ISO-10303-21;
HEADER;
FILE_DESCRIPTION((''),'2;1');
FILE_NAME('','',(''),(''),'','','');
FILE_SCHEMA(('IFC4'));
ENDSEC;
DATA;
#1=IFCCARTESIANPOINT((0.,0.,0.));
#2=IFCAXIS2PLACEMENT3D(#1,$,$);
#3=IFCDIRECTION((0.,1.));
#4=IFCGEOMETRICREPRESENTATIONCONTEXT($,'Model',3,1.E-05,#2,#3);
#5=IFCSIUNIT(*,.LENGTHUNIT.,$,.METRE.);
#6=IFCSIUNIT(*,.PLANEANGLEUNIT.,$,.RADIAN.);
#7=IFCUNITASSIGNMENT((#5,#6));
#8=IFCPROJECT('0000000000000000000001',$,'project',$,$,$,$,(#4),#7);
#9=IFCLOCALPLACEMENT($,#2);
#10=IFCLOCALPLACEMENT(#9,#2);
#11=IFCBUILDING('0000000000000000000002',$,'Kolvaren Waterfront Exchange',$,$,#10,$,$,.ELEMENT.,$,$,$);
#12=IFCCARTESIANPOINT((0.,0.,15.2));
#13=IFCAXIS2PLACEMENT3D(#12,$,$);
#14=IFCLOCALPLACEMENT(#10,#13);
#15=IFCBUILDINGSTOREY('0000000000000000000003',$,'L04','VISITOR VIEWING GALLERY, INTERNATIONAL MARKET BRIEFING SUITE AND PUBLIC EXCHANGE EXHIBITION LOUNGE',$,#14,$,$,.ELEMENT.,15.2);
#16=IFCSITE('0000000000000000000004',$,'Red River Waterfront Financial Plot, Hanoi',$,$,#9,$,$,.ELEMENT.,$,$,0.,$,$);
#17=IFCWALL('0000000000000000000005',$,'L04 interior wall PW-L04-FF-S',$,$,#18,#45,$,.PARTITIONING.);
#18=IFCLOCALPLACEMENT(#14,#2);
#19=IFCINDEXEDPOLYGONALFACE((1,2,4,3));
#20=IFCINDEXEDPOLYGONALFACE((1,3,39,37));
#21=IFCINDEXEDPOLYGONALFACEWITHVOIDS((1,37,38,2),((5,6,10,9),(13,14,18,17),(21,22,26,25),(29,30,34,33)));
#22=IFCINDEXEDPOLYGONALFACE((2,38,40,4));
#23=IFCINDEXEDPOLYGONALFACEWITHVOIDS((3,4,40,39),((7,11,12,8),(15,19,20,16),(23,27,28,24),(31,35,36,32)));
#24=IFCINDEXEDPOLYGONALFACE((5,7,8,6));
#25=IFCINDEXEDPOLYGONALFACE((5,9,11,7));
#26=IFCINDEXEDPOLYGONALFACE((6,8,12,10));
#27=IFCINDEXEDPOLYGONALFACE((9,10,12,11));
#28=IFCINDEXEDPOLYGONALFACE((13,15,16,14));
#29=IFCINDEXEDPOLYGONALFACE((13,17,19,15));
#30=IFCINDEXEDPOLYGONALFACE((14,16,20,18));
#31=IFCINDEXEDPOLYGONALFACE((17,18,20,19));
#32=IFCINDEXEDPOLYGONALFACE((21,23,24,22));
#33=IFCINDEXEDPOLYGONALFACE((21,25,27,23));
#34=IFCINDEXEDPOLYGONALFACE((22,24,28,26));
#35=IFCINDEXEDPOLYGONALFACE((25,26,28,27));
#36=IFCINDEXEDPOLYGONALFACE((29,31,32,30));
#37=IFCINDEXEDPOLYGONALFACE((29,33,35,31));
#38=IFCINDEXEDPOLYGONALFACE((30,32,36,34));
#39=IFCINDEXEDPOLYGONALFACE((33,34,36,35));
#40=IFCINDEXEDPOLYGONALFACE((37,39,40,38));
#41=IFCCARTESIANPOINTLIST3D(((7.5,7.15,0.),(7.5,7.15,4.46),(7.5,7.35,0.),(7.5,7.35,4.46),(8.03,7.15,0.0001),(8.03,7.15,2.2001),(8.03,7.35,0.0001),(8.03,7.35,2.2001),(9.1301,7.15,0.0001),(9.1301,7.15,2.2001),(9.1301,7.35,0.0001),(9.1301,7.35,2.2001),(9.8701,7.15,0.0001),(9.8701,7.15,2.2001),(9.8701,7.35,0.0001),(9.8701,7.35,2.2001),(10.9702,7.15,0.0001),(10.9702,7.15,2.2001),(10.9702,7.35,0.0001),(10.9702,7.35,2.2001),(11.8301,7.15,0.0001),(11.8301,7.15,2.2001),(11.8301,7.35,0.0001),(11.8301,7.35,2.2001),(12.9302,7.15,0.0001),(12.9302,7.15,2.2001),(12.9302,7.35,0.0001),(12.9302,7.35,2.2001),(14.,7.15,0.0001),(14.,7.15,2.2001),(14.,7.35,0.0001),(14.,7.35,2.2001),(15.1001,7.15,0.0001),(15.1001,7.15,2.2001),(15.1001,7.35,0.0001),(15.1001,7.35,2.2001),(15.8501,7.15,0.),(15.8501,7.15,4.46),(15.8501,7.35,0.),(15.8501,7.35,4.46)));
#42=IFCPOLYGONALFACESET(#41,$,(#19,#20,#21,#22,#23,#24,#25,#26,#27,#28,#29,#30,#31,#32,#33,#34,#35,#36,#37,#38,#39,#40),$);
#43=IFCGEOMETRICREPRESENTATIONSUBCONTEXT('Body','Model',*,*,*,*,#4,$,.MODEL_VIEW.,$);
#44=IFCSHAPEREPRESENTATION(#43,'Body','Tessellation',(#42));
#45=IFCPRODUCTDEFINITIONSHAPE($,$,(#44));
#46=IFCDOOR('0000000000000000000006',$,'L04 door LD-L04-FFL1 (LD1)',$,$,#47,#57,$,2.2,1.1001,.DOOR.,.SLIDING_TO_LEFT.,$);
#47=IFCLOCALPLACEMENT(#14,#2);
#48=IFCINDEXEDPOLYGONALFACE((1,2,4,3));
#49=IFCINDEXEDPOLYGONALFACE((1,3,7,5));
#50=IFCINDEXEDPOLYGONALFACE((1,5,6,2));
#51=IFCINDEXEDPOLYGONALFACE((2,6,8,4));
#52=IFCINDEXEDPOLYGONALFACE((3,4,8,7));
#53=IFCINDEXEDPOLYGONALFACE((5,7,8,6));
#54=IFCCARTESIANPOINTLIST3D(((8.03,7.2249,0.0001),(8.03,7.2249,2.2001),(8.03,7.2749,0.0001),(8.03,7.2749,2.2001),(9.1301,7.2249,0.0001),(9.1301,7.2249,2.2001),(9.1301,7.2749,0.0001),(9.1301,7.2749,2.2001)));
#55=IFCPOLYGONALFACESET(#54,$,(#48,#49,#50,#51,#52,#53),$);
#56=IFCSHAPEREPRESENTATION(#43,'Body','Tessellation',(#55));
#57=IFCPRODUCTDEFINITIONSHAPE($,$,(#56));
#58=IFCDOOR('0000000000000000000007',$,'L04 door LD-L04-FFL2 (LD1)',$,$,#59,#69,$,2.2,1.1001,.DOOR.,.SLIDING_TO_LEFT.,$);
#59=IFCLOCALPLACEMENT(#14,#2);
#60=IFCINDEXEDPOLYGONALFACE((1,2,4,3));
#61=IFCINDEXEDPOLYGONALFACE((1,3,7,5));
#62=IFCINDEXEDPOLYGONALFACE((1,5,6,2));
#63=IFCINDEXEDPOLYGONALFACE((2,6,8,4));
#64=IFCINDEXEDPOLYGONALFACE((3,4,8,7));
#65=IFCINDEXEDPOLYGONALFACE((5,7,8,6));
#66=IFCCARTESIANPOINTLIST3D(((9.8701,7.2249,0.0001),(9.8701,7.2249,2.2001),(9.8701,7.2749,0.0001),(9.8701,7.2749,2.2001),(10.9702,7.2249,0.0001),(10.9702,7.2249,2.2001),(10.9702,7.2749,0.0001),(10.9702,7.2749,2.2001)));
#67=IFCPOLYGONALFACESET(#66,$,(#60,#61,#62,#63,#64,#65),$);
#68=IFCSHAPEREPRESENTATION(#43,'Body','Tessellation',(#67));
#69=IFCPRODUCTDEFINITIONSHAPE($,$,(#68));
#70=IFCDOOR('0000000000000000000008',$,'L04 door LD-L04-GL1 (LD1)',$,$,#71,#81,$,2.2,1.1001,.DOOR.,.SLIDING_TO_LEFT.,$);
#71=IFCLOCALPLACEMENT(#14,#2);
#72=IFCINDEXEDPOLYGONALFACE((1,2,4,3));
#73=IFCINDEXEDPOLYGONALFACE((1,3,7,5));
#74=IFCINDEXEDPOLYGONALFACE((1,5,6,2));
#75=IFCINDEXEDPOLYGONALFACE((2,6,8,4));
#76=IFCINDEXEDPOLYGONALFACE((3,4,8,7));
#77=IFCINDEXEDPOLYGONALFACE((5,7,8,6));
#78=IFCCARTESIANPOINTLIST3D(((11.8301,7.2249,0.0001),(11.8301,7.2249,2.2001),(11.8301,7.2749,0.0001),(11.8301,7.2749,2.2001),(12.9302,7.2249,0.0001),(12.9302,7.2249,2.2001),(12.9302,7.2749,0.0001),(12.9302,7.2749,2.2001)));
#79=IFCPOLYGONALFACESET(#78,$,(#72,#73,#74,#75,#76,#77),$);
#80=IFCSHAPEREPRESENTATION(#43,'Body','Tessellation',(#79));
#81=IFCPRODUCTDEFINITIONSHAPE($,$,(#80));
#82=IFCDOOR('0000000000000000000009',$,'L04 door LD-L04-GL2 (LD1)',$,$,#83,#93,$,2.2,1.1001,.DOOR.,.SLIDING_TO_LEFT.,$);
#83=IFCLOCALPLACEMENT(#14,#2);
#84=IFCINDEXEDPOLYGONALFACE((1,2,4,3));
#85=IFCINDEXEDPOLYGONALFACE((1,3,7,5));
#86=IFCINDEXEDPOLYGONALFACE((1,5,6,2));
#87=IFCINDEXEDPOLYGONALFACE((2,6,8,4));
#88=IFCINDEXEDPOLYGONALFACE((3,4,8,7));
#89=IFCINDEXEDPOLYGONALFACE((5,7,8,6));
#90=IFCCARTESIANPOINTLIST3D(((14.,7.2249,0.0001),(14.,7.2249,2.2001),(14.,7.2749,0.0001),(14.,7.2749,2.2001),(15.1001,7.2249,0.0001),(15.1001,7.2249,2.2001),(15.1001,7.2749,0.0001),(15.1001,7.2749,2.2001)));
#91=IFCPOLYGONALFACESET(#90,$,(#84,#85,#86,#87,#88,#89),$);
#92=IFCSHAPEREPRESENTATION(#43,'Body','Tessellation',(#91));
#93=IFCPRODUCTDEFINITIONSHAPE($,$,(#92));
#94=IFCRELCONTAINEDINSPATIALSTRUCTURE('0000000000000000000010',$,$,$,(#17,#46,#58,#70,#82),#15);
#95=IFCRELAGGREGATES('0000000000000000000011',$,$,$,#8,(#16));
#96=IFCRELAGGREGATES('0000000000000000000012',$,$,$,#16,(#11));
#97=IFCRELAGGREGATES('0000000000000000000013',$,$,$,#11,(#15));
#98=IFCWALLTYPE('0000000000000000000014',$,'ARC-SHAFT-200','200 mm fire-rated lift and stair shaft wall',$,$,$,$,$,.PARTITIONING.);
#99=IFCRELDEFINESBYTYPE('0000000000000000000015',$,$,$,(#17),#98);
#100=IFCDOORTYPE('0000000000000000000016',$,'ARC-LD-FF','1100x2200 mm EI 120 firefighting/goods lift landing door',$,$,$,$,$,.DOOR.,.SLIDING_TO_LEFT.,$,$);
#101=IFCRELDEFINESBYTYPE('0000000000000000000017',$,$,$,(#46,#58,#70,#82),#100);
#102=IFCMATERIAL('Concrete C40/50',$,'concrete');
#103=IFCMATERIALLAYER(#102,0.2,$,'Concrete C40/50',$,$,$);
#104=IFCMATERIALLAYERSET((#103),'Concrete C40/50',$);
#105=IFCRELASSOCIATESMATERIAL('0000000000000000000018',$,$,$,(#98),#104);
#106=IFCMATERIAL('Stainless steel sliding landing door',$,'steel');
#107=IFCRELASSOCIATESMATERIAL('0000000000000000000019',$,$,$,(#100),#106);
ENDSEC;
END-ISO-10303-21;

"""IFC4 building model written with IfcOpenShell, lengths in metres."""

from ifc_helpers import new_model, si_unit, direction, frame, frame_2d, origin, place, context, subcontext, project, spatial, rectangle, extrude, material, layer, layer_set, type_object, element, fill, save


model = new_model("IFC4")

# Units and contexts
model_context = context("Model", 3, precision=1e-05, world=origin(), true_north=direction((0.0, 1.0)))
body_context = subcontext(model_context, "Body", "Model", "MODEL_VIEW")
ifc_project = project(units=[si_unit("LENGTHUNIT", "METRE"), si_unit("PLANEANGLEUNIT", "RADIAN")], contexts=[model_context])

# Site, building, storey
site_placement = place(None, origin())
site = spatial("IfcSite", under=ifc_project, at=site_placement, Name="Red River Waterfront Financial Plot, Hanoi", CompositionType="ELEMENT", RefElevation=0.0)
building_placement = place(site_placement, origin())
building = spatial("IfcBuilding", under=site, at=building_placement, Name="Kolvaren Waterfront Exchange", CompositionType="ELEMENT")
storey_placement = place(building_placement, frame((0.0, 0.0, 15.2)))
storey = spatial("IfcBuildingStorey", under=building, at=storey_placement, Name="L04", Description="VISITOR VIEWING GALLERY, INTERNATIONAL MARKET BRIEFING SUITE AND PUBLIC EXCHANGE EXHIBITION LOUNGE", CompositionType="ELEMENT", Elevation=15.2)

# Wall, openings, doors
ifc_material_1 = material(Name="Concrete C40/50", Category="concrete")
ifc_layer_1 = layer(ifc_material_1, 0.2, Name="Concrete C40/50")
ifc_layer_set_1 = layer_set([ifc_layer_1], Name="Concrete C40/50")
wall_type_1 = type_object("IfcWallType", Name="ARC-SHAFT-200", Description="200 mm fire-rated lift and stair shaft wall", PredefinedType="PARTITIONING", material=ifc_layer_set_1)
wall_1_placement = place(storey_placement, frame((7.5, 7.25, 0.0), z_axis=(0.0, 0.0, 1.0), x_axis=(1.0, 0.0, 0.0)))
wall_1 = element("IfcWall", 1, at=wall_1_placement, inside=storey, type_object=wall_type_1, Name="L04 interior wall PW-L04-FF-S", PredefinedType="PARTITIONING", context=body_context, shape_type="SweptSolid", body=[
    extrude(rectangle(XDim=8.3501, YDim=0.2, at=frame_2d((4.175, 0.0))), origin(), (0.0, 0.0, 1.0), 4.46),
])
opening_1_placement = place(wall_1_placement, frame((0.53, 0.0, 0.0)))
opening_1 = element("IfcOpeningElement", 2, at=opening_1_placement, cuts=wall_1, PredefinedType="OPENING", context=body_context, shape_type="SweptSolid", body=[
    extrude(rectangle(XDim=1.1001, YDim=2.2, at=frame_2d((0.55, 1.1001))), frame((0.0, 0.1099, 0.0), z_axis=(0.0, -1.0, 0.0), x_axis=(1.0, 0.0, 0.0)), (0.0, 0.0, 1.0), 0.22),
])
opening_2_placement = place(wall_1_placement, frame((2.3701, 0.0, 0.0)))
opening_2 = element("IfcOpeningElement", 3, at=opening_2_placement, cuts=wall_1, PredefinedType="OPENING", context=body_context, shape_type="SweptSolid", body=[
    extrude(rectangle(XDim=1.1001, YDim=2.2, at=frame_2d((0.55, 1.1001))), frame((0.0, 0.1099, 0.0), z_axis=(0.0, -1.0, 0.0), x_axis=(1.0, 0.0, 0.0)), (0.0, 0.0, 1.0), 0.22),
])
opening_3_placement = place(wall_1_placement, frame((4.3301, 0.0, 0.0)))
opening_3 = element("IfcOpeningElement", 4, at=opening_3_placement, cuts=wall_1, PredefinedType="OPENING", context=body_context, shape_type="SweptSolid", body=[
    extrude(rectangle(XDim=1.1001, YDim=2.2, at=frame_2d((0.55, 1.1001))), frame((0.0, 0.1099, 0.0), z_axis=(0.0, -1.0, 0.0), x_axis=(1.0, 0.0, 0.0)), (0.0, 0.0, 1.0), 0.22),
])
opening_4_placement = place(wall_1_placement, frame((6.5, 0.0, 0.0)))
opening_4 = element("IfcOpeningElement", 5, at=opening_4_placement, cuts=wall_1, PredefinedType="OPENING", context=body_context, shape_type="SweptSolid", body=[
    extrude(rectangle(XDim=1.1001, YDim=2.2, at=frame_2d((0.55, 1.1001))), frame((0.0, 0.1099, 0.0), z_axis=(0.0, -1.0, 0.0), x_axis=(1.0, 0.0, 0.0)), (0.0, 0.0, 1.0), 0.22),
])
ifc_material_2 = material(Name="Stainless steel sliding landing door", Category="steel")
door_type_1 = type_object("IfcDoorType", Name="ARC-LD-FF", Description="1100x2200 mm EI 120 firefighting/goods lift landing door", OperationType="SLIDING_TO_LEFT", PredefinedType="DOOR", material=ifc_material_2)
door_1_placement = place(opening_1_placement, origin())
door_1 = element("IfcDoor", 6, at=door_1_placement, inside=storey, type_object=door_type_1, Name="L04 door LD-L04-FFL1 (LD1)", OperationType="SLIDING_TO_LEFT", OverallHeight=2.2, OverallWidth=1.1001, PredefinedType="DOOR", context=body_context, shape_type="SweptSolid", body=[
    extrude(rectangle(XDim=1.1001, YDim=2.2, at=frame_2d((0.55, 1.1001))), frame((0.0, 0.0249, 0.0), z_axis=(0.0, -1.0, 0.0), x_axis=(1.0, 0.0, 0.0)), (0.0, 0.0, 1.0), 0.05),
])
fill(opening_1, door_1)
door_2_placement = place(opening_2_placement, origin())
door_2 = element("IfcDoor", 7, at=door_2_placement, inside=storey, type_object=door_type_1, Name="L04 door LD-L04-FFL2 (LD1)", OperationType="SLIDING_TO_LEFT", OverallHeight=2.2, OverallWidth=1.1001, PredefinedType="DOOR", context=body_context, shape_type="SweptSolid", body=[
    extrude(rectangle(XDim=1.1001, YDim=2.2, at=frame_2d((0.55, 1.1001))), frame((0.0, 0.0249, 0.0), z_axis=(0.0, -1.0, 0.0), x_axis=(1.0, 0.0, 0.0)), (0.0, 0.0, 1.0), 0.05),
])
fill(opening_2, door_2)
door_3_placement = place(opening_3_placement, origin())
door_3 = element("IfcDoor", 8, at=door_3_placement, inside=storey, type_object=door_type_1, Name="L04 door LD-L04-GL1 (LD1)", OperationType="SLIDING_TO_LEFT", OverallHeight=2.2, OverallWidth=1.1001, PredefinedType="DOOR", context=body_context, shape_type="SweptSolid", body=[
    extrude(rectangle(XDim=1.1001, YDim=2.2, at=frame_2d((0.55, 1.1001))), frame((0.0, 0.0249, 0.0), z_axis=(0.0, -1.0, 0.0), x_axis=(1.0, 0.0, 0.0)), (0.0, 0.0, 1.0), 0.05),
])
fill(opening_3, door_3)
door_4_placement = place(opening_4_placement, origin())
door_4 = element("IfcDoor", 9, at=door_4_placement, inside=storey, type_object=door_type_1, Name="L04 door LD-L04-GL2 (LD1)", OperationType="SLIDING_TO_LEFT", OverallHeight=2.2, OverallWidth=1.1001, PredefinedType="DOOR", context=body_context, shape_type="SweptSolid", body=[
    extrude(rectangle(XDim=1.1001, YDim=2.2, at=frame_2d((0.55, 1.1001))), frame((0.0, 0.0249, 0.0), z_axis=(0.0, -1.0, 0.0), x_axis=(1.0, 0.0, 0.0)), (0.0, 0.0, 1.0), 0.05),
])
fill(opening_4, door_4)

save(model, "model.ifc")
